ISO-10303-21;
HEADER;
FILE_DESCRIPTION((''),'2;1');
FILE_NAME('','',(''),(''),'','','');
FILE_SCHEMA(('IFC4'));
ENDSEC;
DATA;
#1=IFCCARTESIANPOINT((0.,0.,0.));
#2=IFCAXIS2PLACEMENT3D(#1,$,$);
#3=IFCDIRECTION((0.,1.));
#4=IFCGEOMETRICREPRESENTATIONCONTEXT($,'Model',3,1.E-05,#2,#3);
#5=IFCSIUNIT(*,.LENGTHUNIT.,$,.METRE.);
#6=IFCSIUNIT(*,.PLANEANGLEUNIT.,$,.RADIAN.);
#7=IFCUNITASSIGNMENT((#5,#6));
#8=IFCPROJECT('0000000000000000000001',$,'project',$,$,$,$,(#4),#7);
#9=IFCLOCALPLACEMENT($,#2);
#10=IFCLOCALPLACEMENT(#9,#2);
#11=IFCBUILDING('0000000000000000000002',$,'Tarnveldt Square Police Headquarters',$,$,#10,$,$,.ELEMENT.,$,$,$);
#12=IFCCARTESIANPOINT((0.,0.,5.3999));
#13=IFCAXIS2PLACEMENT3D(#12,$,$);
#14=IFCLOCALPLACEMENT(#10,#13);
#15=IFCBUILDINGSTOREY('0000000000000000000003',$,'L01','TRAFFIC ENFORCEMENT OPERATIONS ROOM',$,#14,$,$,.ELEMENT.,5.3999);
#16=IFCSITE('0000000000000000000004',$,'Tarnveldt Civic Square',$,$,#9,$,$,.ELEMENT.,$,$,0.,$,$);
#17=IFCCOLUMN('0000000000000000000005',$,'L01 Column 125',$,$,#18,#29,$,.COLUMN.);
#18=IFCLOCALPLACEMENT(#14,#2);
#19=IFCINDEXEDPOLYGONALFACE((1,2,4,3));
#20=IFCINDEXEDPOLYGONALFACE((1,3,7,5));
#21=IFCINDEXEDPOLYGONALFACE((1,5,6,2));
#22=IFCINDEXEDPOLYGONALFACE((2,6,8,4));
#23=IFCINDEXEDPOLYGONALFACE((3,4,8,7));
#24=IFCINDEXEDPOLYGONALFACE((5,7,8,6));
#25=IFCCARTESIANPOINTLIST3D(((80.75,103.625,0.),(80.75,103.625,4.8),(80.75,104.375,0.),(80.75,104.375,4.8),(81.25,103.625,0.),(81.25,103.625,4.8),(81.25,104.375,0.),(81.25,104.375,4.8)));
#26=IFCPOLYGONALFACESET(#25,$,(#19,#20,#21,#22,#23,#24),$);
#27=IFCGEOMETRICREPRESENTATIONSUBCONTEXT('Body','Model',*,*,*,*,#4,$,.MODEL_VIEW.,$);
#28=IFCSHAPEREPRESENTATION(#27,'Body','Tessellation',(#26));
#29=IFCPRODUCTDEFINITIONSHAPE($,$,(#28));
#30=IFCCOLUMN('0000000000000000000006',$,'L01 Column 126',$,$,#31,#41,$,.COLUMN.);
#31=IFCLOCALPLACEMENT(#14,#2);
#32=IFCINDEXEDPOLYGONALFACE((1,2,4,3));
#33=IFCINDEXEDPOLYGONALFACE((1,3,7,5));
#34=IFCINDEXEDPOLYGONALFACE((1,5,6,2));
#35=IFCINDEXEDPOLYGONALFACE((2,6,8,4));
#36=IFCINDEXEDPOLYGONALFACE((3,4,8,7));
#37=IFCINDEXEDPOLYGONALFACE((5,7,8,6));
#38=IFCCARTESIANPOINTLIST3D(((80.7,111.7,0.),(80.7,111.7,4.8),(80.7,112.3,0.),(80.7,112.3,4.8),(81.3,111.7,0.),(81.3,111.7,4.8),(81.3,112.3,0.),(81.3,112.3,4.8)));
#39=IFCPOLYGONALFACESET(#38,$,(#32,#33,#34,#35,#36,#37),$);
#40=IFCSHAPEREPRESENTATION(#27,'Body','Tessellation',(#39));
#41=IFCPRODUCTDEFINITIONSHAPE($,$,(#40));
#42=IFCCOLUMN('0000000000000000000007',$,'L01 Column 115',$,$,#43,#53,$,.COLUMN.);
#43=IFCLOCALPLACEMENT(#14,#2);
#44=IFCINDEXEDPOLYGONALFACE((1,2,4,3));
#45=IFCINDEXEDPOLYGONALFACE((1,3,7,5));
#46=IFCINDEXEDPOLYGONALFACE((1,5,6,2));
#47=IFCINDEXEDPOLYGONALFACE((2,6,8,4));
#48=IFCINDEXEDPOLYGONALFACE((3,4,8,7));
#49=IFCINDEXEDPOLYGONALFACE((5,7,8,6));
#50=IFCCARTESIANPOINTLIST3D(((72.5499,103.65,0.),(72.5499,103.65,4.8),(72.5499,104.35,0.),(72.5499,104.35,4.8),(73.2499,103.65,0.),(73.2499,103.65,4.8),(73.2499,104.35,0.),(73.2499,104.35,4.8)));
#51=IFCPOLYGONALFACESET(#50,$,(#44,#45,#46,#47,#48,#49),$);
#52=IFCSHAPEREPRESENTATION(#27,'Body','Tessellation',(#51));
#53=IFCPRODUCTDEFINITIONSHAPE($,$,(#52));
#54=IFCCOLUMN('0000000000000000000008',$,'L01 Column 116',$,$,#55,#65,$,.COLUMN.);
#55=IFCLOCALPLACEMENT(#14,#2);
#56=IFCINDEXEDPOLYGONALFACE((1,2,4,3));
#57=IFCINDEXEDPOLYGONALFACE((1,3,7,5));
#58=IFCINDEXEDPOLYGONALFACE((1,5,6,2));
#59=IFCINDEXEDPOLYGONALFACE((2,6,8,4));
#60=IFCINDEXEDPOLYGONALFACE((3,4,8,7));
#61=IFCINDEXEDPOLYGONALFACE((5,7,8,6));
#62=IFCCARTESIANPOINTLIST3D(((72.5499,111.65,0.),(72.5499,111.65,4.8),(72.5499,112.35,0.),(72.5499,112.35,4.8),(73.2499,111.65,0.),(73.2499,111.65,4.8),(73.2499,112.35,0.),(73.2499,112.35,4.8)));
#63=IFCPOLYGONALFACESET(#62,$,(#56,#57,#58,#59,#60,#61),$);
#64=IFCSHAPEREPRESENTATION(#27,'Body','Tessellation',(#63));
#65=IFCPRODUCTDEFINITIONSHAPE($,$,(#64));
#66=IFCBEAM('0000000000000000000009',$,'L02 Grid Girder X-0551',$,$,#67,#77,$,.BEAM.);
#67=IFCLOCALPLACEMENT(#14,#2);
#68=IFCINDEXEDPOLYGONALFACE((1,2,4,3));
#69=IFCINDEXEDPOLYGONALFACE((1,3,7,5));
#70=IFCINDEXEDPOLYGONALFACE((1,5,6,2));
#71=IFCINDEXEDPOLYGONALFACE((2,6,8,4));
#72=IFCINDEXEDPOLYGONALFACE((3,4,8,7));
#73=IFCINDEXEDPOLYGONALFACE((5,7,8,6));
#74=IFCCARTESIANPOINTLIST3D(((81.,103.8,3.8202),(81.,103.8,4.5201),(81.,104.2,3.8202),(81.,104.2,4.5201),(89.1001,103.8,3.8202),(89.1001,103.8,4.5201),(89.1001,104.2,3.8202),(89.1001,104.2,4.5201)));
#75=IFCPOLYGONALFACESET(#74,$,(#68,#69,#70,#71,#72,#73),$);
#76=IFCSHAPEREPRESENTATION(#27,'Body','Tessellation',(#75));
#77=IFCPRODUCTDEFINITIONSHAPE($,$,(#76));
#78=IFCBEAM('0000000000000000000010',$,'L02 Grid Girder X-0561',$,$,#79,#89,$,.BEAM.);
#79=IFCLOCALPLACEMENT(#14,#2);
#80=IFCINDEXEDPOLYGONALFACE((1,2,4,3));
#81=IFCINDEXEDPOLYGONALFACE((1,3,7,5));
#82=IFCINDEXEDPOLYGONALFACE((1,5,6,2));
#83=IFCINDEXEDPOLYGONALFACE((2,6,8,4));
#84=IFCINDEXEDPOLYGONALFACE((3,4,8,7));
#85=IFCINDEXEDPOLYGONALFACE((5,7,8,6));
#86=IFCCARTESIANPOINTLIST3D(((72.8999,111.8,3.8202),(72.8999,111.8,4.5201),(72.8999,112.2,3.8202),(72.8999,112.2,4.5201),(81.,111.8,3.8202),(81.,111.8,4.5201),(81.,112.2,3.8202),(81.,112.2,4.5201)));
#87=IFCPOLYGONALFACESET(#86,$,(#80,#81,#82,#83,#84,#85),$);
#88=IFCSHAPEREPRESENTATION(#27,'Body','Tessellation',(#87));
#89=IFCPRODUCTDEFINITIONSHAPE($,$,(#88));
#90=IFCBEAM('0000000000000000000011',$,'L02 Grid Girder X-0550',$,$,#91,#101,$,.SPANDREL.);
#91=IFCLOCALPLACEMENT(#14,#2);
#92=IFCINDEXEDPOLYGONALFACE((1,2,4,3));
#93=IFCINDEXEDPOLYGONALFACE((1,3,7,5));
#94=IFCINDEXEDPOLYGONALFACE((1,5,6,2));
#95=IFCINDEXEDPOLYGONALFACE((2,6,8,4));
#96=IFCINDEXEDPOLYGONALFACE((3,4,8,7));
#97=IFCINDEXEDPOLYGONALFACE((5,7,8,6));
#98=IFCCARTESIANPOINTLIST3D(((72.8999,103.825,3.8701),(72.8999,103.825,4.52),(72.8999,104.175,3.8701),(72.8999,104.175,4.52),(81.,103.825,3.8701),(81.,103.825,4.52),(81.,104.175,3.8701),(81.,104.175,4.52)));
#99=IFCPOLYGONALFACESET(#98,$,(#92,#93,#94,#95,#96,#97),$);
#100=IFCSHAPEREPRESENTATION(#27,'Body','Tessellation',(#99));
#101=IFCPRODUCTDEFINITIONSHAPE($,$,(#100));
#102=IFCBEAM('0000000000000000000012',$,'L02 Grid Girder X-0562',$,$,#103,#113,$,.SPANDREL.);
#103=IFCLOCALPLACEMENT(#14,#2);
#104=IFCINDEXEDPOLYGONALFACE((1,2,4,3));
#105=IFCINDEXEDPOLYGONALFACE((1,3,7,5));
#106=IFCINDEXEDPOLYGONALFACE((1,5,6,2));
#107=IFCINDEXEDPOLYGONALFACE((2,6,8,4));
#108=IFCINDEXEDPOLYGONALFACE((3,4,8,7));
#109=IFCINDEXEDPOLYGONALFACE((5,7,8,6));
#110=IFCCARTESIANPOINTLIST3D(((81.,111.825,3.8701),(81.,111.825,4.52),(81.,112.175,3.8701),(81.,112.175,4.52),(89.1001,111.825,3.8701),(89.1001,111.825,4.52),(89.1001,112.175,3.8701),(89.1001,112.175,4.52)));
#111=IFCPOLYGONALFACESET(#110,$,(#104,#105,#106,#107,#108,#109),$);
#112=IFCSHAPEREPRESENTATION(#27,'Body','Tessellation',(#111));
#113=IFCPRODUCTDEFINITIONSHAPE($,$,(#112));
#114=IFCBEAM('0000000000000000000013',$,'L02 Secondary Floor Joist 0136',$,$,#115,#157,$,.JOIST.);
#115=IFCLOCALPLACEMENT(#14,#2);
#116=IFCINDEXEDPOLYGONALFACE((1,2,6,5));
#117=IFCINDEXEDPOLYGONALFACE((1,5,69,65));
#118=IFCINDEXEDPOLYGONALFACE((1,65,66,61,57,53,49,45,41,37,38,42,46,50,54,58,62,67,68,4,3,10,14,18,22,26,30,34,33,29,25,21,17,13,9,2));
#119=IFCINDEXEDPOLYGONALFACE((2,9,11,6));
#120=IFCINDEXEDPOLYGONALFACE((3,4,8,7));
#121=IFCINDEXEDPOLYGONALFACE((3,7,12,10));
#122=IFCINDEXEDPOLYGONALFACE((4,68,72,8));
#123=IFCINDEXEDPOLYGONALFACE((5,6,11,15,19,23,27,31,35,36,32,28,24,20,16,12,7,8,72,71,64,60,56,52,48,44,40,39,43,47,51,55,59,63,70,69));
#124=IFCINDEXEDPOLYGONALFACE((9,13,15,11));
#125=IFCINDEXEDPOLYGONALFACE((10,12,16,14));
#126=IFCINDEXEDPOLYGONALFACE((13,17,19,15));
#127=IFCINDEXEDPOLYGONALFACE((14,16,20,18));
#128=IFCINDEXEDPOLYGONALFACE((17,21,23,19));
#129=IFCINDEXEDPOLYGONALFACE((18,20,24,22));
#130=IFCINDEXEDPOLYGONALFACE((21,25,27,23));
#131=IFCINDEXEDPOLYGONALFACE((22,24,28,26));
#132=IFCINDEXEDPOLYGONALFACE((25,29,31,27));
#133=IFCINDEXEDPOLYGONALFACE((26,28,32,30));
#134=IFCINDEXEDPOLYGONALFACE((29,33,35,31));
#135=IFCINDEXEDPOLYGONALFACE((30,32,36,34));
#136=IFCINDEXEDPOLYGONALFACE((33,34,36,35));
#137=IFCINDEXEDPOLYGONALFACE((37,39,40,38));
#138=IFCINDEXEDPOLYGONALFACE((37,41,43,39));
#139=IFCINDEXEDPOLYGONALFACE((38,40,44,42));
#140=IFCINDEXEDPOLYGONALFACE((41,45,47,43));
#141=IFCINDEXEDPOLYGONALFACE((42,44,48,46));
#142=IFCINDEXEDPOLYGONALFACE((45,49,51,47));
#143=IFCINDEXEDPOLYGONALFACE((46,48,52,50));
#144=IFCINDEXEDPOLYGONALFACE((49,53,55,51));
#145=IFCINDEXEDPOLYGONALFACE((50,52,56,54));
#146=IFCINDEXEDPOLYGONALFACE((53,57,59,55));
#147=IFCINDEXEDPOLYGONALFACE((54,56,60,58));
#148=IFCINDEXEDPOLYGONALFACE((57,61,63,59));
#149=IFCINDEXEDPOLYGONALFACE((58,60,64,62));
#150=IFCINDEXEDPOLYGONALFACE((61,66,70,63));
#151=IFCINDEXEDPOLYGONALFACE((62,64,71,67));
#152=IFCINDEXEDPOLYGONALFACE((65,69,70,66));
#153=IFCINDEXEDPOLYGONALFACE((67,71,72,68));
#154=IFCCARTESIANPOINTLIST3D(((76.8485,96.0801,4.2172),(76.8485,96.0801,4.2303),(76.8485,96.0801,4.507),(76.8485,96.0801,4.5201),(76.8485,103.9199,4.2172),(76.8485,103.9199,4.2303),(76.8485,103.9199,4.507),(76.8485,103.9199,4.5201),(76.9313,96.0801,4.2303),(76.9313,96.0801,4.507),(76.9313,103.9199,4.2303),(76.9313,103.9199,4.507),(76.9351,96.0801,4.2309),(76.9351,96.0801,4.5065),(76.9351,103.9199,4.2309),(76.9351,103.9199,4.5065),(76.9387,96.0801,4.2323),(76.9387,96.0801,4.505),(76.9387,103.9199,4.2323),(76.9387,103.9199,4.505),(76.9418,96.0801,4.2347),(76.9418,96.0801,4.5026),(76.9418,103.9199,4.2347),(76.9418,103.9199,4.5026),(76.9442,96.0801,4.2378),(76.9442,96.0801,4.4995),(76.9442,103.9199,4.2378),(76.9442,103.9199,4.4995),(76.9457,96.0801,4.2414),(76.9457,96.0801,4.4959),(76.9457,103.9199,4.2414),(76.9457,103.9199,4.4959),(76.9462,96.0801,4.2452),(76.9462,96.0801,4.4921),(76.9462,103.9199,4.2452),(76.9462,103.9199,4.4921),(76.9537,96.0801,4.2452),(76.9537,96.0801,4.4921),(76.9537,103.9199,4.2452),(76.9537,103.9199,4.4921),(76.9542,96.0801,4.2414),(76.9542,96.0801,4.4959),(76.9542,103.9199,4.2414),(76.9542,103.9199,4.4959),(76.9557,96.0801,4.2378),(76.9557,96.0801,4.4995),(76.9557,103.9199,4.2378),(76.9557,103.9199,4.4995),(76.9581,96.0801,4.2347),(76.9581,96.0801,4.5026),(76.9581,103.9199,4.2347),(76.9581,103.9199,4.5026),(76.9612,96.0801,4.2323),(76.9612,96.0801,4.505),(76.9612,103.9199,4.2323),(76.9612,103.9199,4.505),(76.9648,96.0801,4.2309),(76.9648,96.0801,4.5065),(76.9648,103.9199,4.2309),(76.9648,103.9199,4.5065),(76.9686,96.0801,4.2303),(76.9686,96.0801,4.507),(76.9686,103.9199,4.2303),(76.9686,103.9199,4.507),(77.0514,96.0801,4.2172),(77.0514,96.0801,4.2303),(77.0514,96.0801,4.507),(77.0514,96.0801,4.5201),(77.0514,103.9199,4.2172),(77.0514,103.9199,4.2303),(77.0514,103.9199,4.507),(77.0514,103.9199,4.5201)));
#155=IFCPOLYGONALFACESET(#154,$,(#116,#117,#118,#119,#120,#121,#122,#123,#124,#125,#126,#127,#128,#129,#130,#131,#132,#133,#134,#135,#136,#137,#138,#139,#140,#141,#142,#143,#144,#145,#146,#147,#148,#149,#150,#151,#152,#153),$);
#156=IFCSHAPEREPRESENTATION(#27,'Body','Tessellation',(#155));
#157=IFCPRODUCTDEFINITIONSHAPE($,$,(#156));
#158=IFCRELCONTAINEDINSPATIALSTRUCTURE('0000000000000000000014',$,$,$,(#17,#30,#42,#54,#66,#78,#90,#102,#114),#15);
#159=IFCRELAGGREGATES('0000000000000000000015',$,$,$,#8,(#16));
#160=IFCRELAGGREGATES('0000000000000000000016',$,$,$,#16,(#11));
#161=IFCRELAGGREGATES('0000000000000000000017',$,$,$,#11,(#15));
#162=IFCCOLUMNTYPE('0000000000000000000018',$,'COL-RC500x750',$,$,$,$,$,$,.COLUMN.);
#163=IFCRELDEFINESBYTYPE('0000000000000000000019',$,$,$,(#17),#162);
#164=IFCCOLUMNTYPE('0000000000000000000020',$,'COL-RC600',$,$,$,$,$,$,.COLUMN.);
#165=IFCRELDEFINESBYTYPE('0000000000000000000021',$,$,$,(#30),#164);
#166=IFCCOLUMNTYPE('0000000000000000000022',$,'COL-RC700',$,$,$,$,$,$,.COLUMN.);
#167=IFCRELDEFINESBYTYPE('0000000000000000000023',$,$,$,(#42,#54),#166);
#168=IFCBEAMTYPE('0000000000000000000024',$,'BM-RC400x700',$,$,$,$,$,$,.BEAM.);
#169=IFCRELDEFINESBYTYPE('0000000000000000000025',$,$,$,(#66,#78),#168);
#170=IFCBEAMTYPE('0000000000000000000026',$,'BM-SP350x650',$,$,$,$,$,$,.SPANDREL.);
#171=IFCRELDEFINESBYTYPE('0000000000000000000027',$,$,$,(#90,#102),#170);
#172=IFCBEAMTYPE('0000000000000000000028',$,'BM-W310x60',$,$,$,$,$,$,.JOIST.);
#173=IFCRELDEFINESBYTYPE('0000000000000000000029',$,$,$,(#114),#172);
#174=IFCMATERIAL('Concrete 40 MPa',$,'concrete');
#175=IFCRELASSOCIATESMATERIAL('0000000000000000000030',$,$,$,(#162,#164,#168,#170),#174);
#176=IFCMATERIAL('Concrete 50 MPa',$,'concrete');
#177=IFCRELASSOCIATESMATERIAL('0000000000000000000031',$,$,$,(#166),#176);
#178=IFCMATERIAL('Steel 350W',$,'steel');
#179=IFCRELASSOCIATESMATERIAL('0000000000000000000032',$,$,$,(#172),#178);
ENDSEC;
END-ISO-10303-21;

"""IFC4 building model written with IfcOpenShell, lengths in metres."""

from ifc_helpers import new_model, si_unit, direction, frame, origin, origin_2d, place, context, subcontext, project, spatial, rectangle, i_section, extrude, material, material_profile, profile_set, type_object, element, save


model = new_model("IFC4")

# Units and contexts
model_context = context("Model", 3, precision=1e-05, world=origin(), true_north=direction((0.0, 1.0)))
body_context = subcontext(model_context, "Body", "Model", "MODEL_VIEW")
ifc_project = project(units=[si_unit("LENGTHUNIT", "METRE"), si_unit("PLANEANGLEUNIT", "RADIAN")], contexts=[model_context])

# Site, building, storey
site_placement = place(None, origin())
site = spatial("IfcSite", under=ifc_project, at=site_placement, Name="Tarnveldt Civic Square", CompositionType="ELEMENT", RefElevation=0.0)
building_placement = place(site_placement, origin())
building = spatial("IfcBuilding", under=site, at=building_placement, Name="Tarnveldt Square Police Headquarters", CompositionType="ELEMENT")
storey_placement = place(building_placement, frame((0.0, 0.0, 5.3999)))
storey = spatial("IfcBuildingStorey", under=building, at=storey_placement, Name="L01", Description="TRAFFIC ENFORCEMENT OPERATIONS ROOM", CompositionType="ELEMENT", Elevation=5.3999)

# Columns
ifc_material_1 = material(Name="Concrete 40 MPa", Category="concrete")
ifc_material_profile_1 = material_profile(ifc_material_1, rectangle(XDim=0.5, YDim=0.75, at=origin_2d()), Name="RC-C500x750")
ifc_profile_set_1 = profile_set([ifc_material_profile_1], Name="Concrete 40 MPa")
column_type_1 = type_object("IfcColumnType", Name="COL-RC500x750", PredefinedType="COLUMN", material=ifc_profile_set_1)
column_1_placement = place(storey_placement, frame((81.0, 104.0, 0.0), z_axis=(0.0, 0.0, 1.0), x_axis=(1.0, 0.0, 0.0)))
element("IfcColumn", 1, at=column_1_placement, inside=storey, type_object=column_type_1, Name="L01 Column 125", PredefinedType="COLUMN", context=body_context, shape_type="SweptSolid", body=[
    extrude(rectangle(XDim=0.5, YDim=0.75, at=origin_2d()), origin(), (0.0, 0.0, 1.0), 4.8),
])
ifc_material_profile_2 = material_profile(ifc_material_1, rectangle(XDim=0.6001, YDim=0.6001, at=origin_2d()), Name="RC-C600x600")
ifc_profile_set_2 = profile_set([ifc_material_profile_2], Name="Concrete 40 MPa")
column_type_2 = type_object("IfcColumnType", Name="COL-RC600", PredefinedType="COLUMN", material=ifc_profile_set_2)
column_2_placement = place(storey_placement, frame((81.0, 112.0, 0.0), z_axis=(0.0, 0.0, 1.0), x_axis=(1.0, 0.0, 0.0)))
element("IfcColumn", 2, at=column_2_placement, inside=storey, type_object=column_type_2, Name="L01 Column 126", PredefinedType="COLUMN", context=body_context, shape_type="SweptSolid", body=[
    extrude(rectangle(XDim=0.6001, YDim=0.6001, at=origin_2d()), origin(), (0.0, 0.0, 1.0), 4.8),
])
ifc_material_2 = material(Name="Concrete 50 MPa", Category="concrete")
ifc_material_profile_3 = material_profile(ifc_material_2, rectangle(XDim=0.7, YDim=0.7, at=origin_2d()), Name="RC-C700x700")
ifc_profile_set_3 = profile_set([ifc_material_profile_3], Name="Concrete 50 MPa")
column_type_3 = type_object("IfcColumnType", Name="COL-RC700", PredefinedType="COLUMN", material=ifc_profile_set_3)
for number, where, z_axis, x_axis, name in (
    (3, (72.8999, 104.0, 0.0), (0.0, 0.0, 1.0), (1.0, 0.0, 0.0), "L01 Column 115"),
    (4, (72.8999, 112.0, 0.0), (0.0, 0.0, 1.0), (1.0, 0.0, 0.0), "L01 Column 116"),
):
    element("IfcColumn", number, at=place(storey_placement, frame(where, z_axis=z_axis, x_axis=x_axis)), inside=storey, type_object=column_type_3, Name=name, PredefinedType="COLUMN", context=body_context, shape_type="SweptSolid", body=[
        extrude(rectangle(XDim=0.7, YDim=0.7, at=origin_2d()), origin(), (0.0, 0.0, 1.0), 4.8),
    ])

# Beams
ifc_material_profile_4 = material_profile(ifc_material_1, rectangle(XDim=0.3999, YDim=0.7, at=origin_2d()), Name="RC-B400x700")
ifc_profile_set_4 = profile_set([ifc_material_profile_4], Name="Concrete 40 MPa")
beam_type_1 = type_object("IfcBeamType", Name="BM-RC400x700", PredefinedType="BEAM", material=ifc_profile_set_4)
for number, where, z_axis, x_axis, name in (
    (5, (81.0, 104.0, 4.1702), (1.0, 0.0, 0.0), (0.0, 1.0, 0.0), "L02 Grid Girder X-0551"),
    (6, (72.8999, 112.0, 4.1702), (1.0, 0.0, 0.0), (0.0, 1.0, 0.0), "L02 Grid Girder X-0561"),
):
    element("IfcBeam", number, at=place(storey_placement, frame(where, z_axis=z_axis, x_axis=x_axis)), inside=storey, type_object=beam_type_1, Name=name, PredefinedType="BEAM", context=body_context, shape_type="SweptSolid", body=[
        extrude(rectangle(XDim=0.3999, YDim=0.7, at=origin_2d()), origin(), (0.0, 0.0, 1.0), 8.1001),
    ])
ifc_material_profile_5 = material_profile(ifc_material_1, rectangle(XDim=0.3501, YDim=0.6499, at=origin_2d()), Name="RC-SP350x650")
ifc_profile_set_5 = profile_set([ifc_material_profile_5], Name="Concrete 40 MPa")
beam_type_2 = type_object("IfcBeamType", Name="BM-SP350x650", PredefinedType="SPANDREL", material=ifc_profile_set_5)
for number, where, z_axis, x_axis, name in (
    (7, (72.8999, 104.0, 4.1951), (1.0, 0.0, 0.0), (0.0, 1.0, 0.0), "L02 Grid Girder X-0550"),
    (8, (81.0, 112.0, 4.1951), (1.0, 0.0, 0.0), (0.0, 1.0, 0.0), "L02 Grid Girder X-0562"),
):
    element("IfcBeam", number, at=place(storey_placement, frame(where, z_axis=z_axis, x_axis=x_axis)), inside=storey, type_object=beam_type_2, Name=name, PredefinedType="SPANDREL", context=body_context, shape_type="SweptSolid", body=[
        extrude(rectangle(XDim=0.3501, YDim=0.6499, at=origin_2d()), origin(), (0.0, 0.0, 1.0), 8.1001),
    ])
ifc_material_3 = material(Name="Steel 350W", Category="steel")
ifc_material_profile_6 = material_profile(ifc_material_3, i_section(OverallWidth=0.2029, OverallDepth=0.303, WebThickness=0.0076, FlangeThickness=0.0132, FilletRadius=0.0149, at=origin_2d()), Name="W310x60")
ifc_profile_set_6 = profile_set([ifc_material_profile_6], Name="Steel 350W")
beam_type_3 = type_object("IfcBeamType", Name="BM-W310x60", PredefinedType="JOIST", material=ifc_profile_set_6)
beam_1_placement = place(storey_placement, frame((76.95, 96.0801, 4.3687), z_axis=(0.0, 1.0, 0.0), x_axis=(-1.0, 0.0, 0.0)))
element("IfcBeam", 9, at=beam_1_placement, inside=storey, type_object=beam_type_3, Name="L02 Secondary Floor Joist 0136", PredefinedType="JOIST", context=body_context, shape_type="SweptSolid", body=[
    extrude(i_section(OverallWidth=0.2029, OverallDepth=0.303, WebThickness=0.0076, FlangeThickness=0.0132, FilletRadius=0.0149, at=origin_2d()), origin(), (0.0, 0.0, 1.0), 7.8398),
])

save(model, "model.ifc")
